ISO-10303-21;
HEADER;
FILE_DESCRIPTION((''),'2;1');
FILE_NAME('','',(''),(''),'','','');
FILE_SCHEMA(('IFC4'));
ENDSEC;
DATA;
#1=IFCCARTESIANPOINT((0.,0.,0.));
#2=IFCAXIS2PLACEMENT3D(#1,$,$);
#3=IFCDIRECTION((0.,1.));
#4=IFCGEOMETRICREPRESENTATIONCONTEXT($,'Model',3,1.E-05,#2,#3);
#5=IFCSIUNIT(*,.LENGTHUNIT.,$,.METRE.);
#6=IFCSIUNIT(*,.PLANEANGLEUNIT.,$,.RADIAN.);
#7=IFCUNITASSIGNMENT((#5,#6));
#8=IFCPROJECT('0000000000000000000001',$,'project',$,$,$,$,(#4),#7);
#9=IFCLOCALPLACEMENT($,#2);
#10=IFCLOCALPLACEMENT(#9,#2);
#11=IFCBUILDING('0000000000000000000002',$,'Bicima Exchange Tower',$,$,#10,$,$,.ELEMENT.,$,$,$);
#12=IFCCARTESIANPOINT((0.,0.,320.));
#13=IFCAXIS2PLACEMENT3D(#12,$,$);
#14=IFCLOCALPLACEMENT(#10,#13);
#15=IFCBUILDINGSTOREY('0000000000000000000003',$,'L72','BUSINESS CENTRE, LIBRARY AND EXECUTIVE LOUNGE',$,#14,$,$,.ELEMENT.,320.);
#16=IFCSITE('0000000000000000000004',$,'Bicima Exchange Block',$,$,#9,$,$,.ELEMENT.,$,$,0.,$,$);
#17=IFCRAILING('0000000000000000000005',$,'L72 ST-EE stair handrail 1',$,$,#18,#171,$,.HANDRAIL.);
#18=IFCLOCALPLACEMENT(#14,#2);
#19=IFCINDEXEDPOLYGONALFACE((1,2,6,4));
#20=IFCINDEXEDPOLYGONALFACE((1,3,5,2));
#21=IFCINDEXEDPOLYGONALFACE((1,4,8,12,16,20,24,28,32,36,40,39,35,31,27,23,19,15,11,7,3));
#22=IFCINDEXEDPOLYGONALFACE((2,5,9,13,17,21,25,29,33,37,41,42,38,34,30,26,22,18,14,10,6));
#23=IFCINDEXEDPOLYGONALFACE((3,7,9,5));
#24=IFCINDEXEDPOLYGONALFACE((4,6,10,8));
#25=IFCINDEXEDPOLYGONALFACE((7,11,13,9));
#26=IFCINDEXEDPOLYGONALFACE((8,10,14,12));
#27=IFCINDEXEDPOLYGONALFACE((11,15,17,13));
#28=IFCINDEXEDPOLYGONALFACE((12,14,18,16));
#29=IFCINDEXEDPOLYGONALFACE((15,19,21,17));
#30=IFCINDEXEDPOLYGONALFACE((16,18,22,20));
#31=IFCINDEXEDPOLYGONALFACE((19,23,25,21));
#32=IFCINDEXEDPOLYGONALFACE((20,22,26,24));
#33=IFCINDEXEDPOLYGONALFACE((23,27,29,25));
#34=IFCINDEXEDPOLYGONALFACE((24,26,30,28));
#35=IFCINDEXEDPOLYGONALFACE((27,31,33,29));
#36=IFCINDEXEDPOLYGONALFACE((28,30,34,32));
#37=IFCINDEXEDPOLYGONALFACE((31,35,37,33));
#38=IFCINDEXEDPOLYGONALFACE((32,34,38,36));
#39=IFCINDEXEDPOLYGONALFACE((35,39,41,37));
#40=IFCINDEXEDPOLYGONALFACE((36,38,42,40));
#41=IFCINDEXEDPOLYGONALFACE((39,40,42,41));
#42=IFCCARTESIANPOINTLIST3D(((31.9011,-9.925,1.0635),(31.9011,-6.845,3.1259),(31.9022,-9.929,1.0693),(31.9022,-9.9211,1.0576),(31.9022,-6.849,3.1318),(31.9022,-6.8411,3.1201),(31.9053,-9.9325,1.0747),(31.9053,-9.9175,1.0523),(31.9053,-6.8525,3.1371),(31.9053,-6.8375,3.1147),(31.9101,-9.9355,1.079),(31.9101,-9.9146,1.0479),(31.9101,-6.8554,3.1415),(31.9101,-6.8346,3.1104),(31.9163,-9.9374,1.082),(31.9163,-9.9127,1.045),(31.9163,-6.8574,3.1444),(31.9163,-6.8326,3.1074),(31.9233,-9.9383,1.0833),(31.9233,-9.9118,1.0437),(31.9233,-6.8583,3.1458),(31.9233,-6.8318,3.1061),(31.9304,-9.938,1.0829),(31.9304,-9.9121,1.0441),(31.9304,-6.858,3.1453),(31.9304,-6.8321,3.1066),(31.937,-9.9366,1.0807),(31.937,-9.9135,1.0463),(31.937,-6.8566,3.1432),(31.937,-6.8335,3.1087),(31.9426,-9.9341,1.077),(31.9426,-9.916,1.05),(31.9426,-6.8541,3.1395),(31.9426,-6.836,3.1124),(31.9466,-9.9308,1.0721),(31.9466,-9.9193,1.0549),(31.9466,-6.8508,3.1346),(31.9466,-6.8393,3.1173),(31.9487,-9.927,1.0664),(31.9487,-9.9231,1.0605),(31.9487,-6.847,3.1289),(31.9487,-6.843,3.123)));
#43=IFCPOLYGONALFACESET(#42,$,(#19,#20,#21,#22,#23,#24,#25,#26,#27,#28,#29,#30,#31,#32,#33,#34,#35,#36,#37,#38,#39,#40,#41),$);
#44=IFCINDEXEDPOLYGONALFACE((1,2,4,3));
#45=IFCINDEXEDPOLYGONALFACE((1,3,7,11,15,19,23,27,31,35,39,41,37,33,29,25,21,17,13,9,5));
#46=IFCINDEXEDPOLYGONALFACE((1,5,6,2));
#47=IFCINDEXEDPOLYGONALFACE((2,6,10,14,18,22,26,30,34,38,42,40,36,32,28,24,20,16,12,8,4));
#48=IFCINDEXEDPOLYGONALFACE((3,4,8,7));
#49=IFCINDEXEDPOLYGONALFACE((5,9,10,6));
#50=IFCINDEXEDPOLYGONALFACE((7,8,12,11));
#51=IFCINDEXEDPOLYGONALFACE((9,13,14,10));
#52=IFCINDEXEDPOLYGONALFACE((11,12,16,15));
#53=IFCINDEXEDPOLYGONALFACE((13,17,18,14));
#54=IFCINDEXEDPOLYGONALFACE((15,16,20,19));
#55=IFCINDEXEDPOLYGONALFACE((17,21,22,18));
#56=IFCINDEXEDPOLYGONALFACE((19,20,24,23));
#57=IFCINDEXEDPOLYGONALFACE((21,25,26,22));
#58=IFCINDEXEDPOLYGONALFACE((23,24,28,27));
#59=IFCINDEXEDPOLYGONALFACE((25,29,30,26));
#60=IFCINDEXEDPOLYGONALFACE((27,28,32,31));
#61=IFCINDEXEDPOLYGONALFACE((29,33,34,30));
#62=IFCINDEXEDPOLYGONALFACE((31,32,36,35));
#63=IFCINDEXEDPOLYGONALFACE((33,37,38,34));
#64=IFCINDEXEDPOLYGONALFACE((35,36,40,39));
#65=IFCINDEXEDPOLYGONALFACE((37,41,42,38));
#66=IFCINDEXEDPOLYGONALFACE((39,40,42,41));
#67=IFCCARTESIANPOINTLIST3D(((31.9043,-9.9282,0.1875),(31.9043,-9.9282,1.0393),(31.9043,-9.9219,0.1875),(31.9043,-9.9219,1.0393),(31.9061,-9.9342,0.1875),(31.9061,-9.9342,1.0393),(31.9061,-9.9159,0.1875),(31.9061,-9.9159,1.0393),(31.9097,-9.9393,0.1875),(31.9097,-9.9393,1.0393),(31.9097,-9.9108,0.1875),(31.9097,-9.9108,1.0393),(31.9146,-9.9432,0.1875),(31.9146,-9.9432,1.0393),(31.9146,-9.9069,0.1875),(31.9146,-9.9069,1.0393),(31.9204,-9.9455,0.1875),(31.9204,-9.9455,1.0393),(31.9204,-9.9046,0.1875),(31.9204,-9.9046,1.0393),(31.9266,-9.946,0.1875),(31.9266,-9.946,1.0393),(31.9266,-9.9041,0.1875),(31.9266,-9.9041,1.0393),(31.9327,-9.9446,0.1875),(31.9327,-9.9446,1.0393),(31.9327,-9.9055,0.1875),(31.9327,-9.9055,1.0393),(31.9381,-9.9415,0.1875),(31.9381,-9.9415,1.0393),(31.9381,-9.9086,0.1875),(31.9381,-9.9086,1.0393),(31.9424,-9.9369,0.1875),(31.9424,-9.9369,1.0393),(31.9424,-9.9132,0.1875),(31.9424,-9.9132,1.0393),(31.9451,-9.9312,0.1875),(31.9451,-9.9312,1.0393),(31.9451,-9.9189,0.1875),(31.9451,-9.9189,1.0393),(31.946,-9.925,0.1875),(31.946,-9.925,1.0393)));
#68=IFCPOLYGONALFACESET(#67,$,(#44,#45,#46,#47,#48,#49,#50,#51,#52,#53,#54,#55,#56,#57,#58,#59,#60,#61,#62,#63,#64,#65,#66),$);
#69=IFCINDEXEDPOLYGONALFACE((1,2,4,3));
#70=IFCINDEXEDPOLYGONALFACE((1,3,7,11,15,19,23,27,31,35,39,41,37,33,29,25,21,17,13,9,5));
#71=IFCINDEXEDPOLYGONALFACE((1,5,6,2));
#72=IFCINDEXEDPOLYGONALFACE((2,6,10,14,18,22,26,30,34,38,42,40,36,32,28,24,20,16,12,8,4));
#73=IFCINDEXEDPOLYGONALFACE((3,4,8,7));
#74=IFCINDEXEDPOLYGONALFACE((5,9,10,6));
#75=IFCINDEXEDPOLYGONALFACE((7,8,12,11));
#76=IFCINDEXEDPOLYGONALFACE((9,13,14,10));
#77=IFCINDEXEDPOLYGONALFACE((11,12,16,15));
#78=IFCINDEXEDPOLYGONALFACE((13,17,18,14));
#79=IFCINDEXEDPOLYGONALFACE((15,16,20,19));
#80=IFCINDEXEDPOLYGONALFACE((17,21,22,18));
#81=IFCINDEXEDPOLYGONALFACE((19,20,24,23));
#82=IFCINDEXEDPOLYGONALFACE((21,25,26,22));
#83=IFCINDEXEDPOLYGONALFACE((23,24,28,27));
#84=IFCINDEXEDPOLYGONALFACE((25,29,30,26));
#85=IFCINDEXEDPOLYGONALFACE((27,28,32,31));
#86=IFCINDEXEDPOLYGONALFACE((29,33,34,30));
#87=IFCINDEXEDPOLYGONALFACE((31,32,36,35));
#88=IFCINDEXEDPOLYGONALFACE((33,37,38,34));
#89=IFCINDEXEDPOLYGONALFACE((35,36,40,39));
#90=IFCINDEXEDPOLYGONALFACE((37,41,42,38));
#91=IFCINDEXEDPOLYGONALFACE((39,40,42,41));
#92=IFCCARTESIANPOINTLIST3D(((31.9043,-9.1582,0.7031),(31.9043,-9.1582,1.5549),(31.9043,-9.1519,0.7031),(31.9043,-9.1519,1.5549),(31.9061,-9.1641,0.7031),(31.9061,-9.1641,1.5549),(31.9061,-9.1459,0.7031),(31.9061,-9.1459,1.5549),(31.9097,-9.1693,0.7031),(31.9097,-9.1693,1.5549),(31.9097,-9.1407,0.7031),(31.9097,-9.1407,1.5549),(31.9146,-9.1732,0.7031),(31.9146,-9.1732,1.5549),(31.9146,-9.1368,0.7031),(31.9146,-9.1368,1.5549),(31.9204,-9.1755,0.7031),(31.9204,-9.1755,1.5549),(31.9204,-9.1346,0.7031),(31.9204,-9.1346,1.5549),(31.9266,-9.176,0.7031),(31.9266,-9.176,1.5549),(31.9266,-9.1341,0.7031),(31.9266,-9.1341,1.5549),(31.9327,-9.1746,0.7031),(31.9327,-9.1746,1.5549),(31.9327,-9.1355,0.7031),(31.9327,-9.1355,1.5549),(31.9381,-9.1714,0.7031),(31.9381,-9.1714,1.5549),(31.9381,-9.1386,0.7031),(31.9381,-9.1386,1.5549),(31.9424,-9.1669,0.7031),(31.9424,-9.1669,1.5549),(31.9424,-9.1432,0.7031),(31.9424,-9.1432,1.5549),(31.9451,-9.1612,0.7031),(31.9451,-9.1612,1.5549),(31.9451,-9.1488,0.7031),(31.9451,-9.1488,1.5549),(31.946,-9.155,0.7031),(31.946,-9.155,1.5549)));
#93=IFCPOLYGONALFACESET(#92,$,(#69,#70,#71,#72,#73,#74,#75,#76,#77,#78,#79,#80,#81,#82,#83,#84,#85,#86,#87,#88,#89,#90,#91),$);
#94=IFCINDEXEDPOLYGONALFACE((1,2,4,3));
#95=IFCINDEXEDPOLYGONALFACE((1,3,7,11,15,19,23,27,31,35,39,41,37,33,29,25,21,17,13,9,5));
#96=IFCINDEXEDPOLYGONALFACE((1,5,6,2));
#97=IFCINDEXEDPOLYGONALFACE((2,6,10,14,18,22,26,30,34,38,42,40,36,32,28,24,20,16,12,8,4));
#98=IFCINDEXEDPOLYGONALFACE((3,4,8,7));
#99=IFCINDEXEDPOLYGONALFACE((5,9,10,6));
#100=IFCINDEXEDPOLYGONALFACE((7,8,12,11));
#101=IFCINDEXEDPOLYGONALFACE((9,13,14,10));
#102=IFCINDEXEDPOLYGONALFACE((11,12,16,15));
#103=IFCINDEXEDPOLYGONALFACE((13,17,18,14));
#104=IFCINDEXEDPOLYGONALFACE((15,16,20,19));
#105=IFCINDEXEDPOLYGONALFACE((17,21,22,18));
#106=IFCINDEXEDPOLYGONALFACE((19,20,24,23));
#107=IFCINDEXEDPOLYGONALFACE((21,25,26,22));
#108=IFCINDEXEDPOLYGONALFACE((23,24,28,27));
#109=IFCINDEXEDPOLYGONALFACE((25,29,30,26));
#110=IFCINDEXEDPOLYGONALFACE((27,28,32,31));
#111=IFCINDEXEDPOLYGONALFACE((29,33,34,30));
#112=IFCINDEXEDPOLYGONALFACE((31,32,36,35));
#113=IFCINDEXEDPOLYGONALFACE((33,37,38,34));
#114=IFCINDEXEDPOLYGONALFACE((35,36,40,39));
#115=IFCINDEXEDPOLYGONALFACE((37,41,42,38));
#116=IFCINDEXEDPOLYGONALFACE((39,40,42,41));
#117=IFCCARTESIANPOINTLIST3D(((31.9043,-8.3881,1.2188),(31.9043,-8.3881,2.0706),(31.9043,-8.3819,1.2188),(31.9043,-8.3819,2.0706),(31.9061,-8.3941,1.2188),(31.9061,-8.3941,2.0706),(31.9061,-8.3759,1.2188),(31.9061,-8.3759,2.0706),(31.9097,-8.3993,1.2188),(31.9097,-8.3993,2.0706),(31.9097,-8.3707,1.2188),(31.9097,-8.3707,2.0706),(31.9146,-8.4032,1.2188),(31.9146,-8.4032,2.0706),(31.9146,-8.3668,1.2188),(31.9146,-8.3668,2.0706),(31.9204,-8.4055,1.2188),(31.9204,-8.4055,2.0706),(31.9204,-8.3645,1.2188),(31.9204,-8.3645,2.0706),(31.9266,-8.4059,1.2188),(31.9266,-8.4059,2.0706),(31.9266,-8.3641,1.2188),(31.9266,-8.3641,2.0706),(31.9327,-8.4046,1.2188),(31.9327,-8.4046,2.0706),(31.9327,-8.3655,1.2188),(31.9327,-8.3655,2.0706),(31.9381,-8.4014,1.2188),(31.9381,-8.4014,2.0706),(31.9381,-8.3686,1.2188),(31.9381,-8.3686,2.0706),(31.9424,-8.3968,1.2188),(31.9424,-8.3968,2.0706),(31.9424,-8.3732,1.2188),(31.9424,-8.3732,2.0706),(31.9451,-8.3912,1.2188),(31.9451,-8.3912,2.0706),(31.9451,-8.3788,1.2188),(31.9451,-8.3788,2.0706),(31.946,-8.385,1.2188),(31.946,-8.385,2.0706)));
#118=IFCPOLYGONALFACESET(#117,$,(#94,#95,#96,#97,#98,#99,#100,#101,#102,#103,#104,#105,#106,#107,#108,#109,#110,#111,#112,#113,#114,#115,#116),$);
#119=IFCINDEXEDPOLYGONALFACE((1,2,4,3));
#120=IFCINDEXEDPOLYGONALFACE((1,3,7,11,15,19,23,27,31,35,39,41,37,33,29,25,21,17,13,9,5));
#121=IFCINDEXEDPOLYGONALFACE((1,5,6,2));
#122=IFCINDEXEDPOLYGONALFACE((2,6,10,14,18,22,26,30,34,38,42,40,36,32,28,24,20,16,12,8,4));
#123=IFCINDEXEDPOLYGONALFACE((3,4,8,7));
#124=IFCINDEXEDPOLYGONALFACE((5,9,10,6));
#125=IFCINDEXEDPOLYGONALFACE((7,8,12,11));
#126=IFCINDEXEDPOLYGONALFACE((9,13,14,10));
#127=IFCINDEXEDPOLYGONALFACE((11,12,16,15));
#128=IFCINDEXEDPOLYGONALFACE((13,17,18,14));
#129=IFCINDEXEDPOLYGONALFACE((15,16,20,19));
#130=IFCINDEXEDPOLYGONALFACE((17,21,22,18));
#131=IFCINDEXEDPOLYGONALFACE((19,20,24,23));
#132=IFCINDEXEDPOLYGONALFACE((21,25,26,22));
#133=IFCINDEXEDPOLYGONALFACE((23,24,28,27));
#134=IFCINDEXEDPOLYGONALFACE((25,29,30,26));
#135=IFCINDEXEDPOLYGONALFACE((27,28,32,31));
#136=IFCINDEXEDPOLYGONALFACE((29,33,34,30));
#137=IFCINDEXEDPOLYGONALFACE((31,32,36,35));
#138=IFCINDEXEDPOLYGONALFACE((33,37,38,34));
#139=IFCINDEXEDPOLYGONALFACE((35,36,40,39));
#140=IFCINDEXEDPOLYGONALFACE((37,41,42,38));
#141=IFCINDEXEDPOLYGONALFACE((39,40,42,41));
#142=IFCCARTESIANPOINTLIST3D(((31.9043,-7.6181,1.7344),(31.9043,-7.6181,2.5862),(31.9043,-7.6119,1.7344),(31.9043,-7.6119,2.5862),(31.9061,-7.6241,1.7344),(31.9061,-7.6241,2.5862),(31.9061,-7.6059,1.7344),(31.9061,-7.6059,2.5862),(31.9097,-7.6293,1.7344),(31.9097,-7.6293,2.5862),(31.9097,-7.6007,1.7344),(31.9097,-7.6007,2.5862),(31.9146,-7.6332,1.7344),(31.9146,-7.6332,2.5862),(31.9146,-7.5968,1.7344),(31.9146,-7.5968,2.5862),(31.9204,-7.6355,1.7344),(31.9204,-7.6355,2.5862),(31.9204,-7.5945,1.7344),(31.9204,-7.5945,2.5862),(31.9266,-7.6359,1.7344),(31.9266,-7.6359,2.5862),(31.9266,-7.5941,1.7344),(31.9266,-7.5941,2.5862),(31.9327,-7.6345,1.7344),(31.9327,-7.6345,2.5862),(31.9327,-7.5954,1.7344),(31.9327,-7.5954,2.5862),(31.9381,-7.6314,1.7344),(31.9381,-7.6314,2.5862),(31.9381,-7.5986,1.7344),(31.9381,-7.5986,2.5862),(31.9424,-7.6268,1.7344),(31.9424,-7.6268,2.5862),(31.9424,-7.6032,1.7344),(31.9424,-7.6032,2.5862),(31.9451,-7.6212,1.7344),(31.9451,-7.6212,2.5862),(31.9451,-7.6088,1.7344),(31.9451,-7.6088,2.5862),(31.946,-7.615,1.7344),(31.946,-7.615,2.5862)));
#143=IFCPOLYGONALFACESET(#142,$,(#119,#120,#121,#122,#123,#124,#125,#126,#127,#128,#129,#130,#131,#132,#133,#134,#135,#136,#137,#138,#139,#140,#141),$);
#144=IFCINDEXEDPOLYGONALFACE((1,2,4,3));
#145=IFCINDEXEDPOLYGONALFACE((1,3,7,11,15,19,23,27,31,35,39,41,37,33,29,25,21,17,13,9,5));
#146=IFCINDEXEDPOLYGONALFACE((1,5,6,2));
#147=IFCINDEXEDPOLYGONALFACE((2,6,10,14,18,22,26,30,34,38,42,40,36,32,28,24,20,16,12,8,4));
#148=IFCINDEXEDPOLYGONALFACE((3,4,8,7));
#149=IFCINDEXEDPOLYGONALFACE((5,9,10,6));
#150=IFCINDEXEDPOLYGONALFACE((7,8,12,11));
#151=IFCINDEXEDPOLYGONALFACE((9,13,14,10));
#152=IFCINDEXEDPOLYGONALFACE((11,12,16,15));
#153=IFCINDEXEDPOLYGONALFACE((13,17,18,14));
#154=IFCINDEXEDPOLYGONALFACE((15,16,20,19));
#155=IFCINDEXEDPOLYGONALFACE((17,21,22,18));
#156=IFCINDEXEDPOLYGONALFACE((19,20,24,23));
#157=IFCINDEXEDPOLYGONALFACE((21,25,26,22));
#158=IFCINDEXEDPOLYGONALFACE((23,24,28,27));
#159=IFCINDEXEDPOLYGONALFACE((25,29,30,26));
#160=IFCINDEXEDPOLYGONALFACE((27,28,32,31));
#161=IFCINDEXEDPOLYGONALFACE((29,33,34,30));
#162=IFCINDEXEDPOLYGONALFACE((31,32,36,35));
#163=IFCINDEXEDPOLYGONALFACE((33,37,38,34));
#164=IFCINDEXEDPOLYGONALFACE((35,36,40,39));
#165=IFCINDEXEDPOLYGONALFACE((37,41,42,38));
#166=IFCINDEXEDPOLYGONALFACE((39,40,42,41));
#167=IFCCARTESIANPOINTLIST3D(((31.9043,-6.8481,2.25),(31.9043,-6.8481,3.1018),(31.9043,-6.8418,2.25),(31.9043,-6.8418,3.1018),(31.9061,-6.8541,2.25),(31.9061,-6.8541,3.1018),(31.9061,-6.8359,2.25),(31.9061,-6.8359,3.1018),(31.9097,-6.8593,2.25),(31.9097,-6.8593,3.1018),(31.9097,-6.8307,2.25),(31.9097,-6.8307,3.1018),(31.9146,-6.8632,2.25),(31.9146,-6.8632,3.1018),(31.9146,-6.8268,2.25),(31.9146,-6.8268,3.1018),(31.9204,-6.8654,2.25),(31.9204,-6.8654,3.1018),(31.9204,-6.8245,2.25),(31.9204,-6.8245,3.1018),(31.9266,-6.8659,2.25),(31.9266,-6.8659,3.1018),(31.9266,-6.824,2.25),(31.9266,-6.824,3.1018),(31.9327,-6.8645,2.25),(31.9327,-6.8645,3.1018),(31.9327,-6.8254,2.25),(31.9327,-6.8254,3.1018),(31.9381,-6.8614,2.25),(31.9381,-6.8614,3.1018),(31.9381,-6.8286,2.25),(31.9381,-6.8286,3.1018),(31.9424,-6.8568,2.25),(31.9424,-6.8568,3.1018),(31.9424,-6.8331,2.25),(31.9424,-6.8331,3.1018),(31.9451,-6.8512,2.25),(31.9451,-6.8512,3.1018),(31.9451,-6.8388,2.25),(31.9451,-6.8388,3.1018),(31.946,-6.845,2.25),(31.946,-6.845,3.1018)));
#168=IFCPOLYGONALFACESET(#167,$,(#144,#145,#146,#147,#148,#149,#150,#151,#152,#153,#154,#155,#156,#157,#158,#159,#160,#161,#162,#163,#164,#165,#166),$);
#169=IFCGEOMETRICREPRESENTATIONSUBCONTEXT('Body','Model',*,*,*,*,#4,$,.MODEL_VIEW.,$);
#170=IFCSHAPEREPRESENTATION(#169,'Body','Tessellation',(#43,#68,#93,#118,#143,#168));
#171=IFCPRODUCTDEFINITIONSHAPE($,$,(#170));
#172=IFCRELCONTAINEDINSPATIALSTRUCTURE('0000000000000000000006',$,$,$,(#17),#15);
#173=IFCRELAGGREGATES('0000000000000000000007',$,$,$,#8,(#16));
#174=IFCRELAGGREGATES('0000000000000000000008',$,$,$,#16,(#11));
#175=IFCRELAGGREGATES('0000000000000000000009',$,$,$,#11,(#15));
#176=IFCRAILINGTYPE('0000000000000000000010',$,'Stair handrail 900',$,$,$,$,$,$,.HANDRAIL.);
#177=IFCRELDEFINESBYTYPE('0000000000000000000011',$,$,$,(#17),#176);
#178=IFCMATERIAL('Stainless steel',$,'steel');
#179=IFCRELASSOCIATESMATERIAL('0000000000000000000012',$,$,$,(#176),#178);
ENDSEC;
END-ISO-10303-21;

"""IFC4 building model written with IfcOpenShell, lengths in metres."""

from ifc_helpers import new_model, si_unit, direction, frame, origin, origin_2d, place, context, subcontext, project, spatial, circle, extrude, material, type_object, element, save


model = new_model("IFC4")

# Units and contexts
model_context = context("Model", 3, precision=1e-05, world=origin(), true_north=direction((0.0, 1.0)))
body_context = subcontext(model_context, "Body", "Model", "MODEL_VIEW")
ifc_project = project(units=[si_unit("LENGTHUNIT", "METRE"), si_unit("PLANEANGLEUNIT", "RADIAN")], contexts=[model_context])

# Site, building, storey
site_placement = place(None, origin())
site = spatial("IfcSite", under=ifc_project, at=site_placement, Name="Bicima Exchange Block", CompositionType="ELEMENT", RefElevation=0.0)
building_placement = place(site_placement, origin())
building = spatial("IfcBuilding", under=site, at=building_placement, Name="Bicima Exchange Tower", CompositionType="ELEMENT")
storey_placement = place(building_placement, frame((0.0, 0.0, 320.0)))
storey = spatial("IfcBuildingStorey", under=building, at=storey_placement, Name="L72", Description="BUSINESS CENTRE, LIBRARY AND EXECUTIVE LOUNGE", CompositionType="ELEMENT", Elevation=320.0)

# Railing
ifc_material_1 = material(Name="Stainless steel", Category="steel")
railing_type_1 = type_object("IfcRailingType", Name="Stair handrail 900", PredefinedType="HANDRAIL", material=ifc_material_1)
railing_1_placement = place(storey_placement, frame((31.925, -9.925, 0.1875)))
element("IfcRailing", 1, at=railing_1_placement, inside=storey, type_object=railing_type_1, Name="L72 ST-EE stair handrail 1", PredefinedType="HANDRAIL", context=body_context, shape_type="SweptSolid", body=[
    extrude(circle(Radius=0.0239, at=origin_2d()), frame((0.0, 0.0, 0.876), z_axis=(0.0, 0.830914, 0.556401), x_axis=(-1.0, 0.0, 0.0)), (0.0, 0.0, 1.0), 3.7068),
    extrude(circle(Radius=0.021, at=origin_2d()), origin(), (0.0, 0.0, 1.0), 0.8518),
    extrude(circle(Radius=0.021, at=origin_2d()), frame((0.0, 0.77, 0.5156)), (0.0, 0.0, 1.0), 0.8518),
    extrude(circle(Radius=0.021, at=origin_2d()), frame((0.0, 1.54, 1.0312)), (0.0, 0.0, 1.0), 0.8518),
    extrude(circle(Radius=0.021, at=origin_2d()), frame((0.0, 2.3101, 1.5469)), (0.0, 0.0, 1.0), 0.8518),
    extrude(circle(Radius=0.021, at=origin_2d()), frame((0.0, 3.0801, 2.0625)), (0.0, 0.0, 1.0), 0.8518),
])

save(model, "model.ifc")
